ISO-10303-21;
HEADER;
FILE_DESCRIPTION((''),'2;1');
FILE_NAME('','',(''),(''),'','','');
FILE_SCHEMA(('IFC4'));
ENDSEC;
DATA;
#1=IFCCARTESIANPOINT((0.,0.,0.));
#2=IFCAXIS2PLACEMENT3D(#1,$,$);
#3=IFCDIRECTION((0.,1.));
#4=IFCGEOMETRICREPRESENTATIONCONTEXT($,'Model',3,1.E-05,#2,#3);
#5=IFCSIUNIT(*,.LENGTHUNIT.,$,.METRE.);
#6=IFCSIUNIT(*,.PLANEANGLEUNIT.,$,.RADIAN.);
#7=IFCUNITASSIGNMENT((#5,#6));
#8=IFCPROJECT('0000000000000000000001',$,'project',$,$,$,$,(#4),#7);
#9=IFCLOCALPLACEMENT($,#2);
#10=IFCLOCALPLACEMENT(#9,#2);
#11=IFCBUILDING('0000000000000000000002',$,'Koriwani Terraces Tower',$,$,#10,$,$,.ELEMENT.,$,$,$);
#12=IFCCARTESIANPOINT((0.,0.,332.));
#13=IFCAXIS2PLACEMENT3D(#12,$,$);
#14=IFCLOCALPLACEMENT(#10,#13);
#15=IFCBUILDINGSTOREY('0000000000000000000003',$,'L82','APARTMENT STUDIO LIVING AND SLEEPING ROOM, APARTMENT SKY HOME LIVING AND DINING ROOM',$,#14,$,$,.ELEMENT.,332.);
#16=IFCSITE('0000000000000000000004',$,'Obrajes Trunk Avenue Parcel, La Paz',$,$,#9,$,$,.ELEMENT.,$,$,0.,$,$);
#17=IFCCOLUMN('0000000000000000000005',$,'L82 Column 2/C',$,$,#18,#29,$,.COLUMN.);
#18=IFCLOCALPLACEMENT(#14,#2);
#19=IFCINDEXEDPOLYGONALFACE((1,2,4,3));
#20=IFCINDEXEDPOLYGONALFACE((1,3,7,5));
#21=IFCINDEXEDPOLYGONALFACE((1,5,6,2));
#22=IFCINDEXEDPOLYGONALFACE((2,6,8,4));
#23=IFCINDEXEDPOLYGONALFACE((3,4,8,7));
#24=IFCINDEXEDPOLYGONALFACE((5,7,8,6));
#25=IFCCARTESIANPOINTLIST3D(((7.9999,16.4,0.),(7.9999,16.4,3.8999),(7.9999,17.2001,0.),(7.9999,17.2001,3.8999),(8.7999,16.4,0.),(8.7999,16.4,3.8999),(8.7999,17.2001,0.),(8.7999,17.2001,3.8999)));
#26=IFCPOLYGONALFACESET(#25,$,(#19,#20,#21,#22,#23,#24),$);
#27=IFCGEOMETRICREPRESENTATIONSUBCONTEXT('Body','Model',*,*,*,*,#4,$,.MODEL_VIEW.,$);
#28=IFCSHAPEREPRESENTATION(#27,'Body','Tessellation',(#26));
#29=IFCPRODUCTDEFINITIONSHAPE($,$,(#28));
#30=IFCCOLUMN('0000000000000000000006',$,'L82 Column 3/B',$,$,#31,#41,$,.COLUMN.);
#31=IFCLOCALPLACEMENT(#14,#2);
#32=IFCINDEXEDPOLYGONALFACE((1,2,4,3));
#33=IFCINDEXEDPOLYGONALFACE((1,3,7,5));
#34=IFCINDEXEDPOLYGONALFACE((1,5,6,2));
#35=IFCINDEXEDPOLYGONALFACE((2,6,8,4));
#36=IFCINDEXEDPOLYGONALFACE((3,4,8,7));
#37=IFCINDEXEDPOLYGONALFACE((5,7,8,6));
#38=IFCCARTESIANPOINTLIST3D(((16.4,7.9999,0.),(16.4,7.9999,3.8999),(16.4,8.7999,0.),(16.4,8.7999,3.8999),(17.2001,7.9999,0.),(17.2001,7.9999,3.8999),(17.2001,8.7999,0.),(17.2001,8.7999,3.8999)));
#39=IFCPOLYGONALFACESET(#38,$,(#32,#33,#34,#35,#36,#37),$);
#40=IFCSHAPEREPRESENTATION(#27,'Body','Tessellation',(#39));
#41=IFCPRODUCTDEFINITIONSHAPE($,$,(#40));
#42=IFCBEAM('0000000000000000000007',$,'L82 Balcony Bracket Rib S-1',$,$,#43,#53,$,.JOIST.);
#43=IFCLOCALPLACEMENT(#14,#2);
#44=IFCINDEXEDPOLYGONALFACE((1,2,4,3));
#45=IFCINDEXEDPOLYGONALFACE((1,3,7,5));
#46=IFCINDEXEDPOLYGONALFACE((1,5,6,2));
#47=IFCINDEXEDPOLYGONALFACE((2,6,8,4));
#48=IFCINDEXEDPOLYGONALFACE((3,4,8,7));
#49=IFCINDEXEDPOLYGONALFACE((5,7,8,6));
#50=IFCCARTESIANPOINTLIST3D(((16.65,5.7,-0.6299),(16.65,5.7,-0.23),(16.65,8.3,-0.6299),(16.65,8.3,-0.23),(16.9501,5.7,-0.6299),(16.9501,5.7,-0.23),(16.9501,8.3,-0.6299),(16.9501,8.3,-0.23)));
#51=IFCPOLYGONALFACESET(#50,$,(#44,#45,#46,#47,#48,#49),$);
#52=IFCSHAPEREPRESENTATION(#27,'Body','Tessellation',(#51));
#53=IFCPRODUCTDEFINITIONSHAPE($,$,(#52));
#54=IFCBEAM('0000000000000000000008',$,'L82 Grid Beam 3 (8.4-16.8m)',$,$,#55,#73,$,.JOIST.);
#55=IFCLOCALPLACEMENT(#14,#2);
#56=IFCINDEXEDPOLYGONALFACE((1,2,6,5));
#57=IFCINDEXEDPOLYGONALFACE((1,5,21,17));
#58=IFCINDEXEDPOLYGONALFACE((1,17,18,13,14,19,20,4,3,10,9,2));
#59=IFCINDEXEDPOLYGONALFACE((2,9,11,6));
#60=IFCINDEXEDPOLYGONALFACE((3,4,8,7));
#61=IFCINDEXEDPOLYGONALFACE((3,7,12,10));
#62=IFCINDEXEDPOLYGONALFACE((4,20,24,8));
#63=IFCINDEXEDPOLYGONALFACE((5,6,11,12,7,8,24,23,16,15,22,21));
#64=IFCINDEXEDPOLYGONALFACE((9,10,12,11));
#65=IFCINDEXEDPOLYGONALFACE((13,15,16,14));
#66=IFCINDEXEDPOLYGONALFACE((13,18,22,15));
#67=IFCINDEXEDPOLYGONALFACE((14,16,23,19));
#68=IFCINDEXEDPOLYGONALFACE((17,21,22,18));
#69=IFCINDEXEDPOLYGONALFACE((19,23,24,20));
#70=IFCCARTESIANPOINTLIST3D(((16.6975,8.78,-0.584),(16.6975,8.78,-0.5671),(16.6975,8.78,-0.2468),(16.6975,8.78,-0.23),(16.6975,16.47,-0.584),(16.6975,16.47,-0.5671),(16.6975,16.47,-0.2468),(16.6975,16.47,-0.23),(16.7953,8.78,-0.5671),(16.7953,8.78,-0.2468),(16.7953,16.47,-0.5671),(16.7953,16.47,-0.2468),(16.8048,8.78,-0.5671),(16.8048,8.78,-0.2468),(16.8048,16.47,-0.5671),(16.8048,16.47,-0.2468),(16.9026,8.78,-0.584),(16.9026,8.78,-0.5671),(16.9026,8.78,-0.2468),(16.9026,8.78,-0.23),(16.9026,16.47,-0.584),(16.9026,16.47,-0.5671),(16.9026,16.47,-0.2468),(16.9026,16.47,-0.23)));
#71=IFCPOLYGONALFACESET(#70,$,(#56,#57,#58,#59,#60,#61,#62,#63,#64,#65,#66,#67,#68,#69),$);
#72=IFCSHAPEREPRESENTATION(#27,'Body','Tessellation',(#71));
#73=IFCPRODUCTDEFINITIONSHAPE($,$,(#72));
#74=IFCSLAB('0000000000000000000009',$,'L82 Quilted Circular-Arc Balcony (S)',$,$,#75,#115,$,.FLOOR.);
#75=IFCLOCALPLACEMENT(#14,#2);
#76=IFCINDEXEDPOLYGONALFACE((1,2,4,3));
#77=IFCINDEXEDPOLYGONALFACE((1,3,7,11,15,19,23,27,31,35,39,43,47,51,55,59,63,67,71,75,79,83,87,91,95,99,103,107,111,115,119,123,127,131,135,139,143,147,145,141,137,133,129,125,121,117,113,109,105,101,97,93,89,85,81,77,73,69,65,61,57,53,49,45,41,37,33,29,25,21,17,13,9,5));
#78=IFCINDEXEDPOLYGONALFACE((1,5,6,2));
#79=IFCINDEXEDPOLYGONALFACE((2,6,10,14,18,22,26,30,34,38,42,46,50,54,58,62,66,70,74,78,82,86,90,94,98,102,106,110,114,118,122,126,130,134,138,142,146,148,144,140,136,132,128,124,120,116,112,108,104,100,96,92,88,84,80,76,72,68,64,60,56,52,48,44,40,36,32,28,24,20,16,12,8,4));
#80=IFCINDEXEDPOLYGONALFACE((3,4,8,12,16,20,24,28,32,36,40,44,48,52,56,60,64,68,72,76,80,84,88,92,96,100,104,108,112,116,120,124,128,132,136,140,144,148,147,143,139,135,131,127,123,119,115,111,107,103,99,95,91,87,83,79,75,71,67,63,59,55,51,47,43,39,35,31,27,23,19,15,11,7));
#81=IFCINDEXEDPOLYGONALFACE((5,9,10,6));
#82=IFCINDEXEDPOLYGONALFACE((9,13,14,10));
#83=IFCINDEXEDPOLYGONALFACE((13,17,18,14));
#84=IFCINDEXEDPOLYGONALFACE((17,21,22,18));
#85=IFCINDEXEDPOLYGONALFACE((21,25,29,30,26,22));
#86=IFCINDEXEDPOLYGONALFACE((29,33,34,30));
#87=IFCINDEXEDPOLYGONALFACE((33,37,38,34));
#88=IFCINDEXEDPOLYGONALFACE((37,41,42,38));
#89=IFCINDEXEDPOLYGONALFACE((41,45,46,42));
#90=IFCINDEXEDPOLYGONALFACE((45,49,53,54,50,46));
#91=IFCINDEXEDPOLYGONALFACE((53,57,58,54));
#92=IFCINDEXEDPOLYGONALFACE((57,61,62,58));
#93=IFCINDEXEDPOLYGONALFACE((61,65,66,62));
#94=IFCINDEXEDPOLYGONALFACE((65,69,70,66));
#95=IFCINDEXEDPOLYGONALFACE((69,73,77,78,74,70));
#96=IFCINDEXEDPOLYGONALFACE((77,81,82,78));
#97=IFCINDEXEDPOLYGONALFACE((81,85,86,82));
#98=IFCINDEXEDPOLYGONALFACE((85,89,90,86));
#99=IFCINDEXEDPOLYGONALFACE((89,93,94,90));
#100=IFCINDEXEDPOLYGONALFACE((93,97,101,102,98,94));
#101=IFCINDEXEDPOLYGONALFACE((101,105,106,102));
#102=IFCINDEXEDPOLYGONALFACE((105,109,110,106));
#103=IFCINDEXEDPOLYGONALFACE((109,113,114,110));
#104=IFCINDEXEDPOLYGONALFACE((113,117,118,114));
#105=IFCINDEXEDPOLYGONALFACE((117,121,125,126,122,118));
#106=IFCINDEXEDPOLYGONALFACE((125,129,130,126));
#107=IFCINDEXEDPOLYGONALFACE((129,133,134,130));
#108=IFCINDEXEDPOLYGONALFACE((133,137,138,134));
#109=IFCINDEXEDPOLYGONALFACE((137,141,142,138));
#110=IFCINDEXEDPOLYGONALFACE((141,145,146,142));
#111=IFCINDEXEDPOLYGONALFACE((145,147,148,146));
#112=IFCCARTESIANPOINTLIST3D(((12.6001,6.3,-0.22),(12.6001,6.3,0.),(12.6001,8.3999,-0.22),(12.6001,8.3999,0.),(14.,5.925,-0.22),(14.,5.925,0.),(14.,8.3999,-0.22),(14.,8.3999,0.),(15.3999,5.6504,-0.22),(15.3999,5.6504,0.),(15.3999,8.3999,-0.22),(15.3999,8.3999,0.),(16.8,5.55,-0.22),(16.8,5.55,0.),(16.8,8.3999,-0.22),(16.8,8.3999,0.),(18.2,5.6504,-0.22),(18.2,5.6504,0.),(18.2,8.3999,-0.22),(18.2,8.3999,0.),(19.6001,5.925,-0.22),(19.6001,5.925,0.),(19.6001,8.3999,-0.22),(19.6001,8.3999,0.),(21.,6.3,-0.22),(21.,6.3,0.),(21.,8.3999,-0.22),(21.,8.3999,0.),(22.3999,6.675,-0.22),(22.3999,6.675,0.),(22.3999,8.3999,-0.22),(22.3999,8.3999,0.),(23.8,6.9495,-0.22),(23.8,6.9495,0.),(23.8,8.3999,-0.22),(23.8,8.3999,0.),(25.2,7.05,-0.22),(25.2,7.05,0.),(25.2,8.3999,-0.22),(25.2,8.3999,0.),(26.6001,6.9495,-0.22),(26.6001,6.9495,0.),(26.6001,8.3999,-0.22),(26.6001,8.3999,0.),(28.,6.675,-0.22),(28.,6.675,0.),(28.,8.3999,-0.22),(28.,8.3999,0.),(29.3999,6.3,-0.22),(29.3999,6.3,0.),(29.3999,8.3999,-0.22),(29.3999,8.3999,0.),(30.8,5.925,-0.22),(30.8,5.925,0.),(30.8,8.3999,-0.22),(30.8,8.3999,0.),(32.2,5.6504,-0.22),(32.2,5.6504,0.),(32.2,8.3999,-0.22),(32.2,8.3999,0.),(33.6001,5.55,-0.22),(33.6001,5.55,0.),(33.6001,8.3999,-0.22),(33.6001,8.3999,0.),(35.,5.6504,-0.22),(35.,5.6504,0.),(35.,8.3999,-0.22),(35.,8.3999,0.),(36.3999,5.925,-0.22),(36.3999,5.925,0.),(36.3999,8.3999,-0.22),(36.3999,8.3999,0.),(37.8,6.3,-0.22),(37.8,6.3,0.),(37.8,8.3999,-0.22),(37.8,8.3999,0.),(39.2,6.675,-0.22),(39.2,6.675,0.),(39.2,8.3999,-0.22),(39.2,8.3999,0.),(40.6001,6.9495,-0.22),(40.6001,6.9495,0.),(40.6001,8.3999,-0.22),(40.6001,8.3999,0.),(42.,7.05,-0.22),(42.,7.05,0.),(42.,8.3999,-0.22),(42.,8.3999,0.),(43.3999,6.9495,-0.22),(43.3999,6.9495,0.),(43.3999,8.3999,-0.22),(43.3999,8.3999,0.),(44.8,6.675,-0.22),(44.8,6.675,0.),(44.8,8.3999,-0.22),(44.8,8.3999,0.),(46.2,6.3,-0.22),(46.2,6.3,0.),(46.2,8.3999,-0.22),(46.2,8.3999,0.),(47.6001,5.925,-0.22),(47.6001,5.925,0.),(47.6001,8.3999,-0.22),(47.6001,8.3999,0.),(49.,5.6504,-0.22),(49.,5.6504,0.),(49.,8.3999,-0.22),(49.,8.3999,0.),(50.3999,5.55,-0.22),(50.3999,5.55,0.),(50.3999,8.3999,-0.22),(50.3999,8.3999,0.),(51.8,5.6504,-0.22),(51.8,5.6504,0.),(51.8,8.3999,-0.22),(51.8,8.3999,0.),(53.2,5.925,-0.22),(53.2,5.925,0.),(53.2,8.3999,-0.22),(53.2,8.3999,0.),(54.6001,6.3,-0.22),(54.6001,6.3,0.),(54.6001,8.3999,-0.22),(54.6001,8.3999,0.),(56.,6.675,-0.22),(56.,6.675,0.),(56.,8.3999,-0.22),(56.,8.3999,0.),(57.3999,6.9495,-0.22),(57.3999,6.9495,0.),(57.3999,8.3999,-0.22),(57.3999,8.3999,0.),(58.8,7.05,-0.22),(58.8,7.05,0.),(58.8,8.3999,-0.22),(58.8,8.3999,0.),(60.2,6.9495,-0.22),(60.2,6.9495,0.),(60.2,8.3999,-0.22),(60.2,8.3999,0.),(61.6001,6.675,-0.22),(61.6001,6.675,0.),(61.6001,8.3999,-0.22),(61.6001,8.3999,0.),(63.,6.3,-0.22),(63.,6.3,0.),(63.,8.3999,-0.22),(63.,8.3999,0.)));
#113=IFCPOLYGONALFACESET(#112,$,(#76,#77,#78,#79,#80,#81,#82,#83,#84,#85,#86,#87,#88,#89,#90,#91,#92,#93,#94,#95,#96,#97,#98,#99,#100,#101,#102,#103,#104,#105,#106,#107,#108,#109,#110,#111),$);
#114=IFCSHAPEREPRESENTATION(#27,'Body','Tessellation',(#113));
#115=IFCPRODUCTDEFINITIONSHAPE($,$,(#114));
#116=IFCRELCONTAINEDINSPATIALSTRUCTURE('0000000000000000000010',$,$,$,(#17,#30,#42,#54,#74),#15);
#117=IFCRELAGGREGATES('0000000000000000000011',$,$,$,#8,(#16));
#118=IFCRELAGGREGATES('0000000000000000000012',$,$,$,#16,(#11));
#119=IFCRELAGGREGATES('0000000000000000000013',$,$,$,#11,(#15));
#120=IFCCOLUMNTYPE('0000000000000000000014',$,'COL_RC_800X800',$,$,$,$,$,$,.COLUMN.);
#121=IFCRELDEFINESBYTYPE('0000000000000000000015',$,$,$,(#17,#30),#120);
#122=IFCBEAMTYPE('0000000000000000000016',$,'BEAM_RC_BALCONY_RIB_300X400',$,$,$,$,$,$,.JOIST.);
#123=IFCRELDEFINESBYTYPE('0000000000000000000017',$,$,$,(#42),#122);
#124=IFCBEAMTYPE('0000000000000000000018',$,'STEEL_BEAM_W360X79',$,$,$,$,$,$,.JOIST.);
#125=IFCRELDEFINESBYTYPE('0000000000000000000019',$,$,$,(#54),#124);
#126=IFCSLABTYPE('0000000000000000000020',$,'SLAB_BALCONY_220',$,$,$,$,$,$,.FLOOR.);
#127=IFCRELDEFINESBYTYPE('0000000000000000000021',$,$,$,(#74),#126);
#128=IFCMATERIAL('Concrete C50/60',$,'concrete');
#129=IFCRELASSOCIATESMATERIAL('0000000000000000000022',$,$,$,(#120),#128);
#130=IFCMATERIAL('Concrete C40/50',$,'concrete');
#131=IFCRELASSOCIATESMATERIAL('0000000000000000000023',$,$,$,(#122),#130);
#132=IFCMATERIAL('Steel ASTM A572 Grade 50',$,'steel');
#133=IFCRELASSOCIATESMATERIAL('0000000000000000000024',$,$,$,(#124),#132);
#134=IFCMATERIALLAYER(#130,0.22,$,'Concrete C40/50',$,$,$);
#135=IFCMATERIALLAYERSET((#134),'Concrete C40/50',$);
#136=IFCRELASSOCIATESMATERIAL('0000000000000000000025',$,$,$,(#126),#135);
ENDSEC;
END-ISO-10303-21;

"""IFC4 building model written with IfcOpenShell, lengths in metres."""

from ifc_helpers import new_model, si_unit, direction, frame, origin, origin_2d, place, context, subcontext, project, spatial, polyline, rectangle, i_section, outline, extrude, material, layer, layer_set, material_profile, profile_set, type_object, element, save


model = new_model("IFC4")

# Units and contexts
model_context = context("Model", 3, precision=1e-05, world=origin(), true_north=direction((0.0, 1.0)))
body_context = subcontext(model_context, "Body", "Model", "MODEL_VIEW")
ifc_project = project(units=[si_unit("LENGTHUNIT", "METRE"), si_unit("PLANEANGLEUNIT", "RADIAN")], contexts=[model_context])

# Site, building, storey
site_placement = place(None, origin())
site = spatial("IfcSite", under=ifc_project, at=site_placement, Name="Obrajes Trunk Avenue Parcel, La Paz", CompositionType="ELEMENT", RefElevation=0.0)
building_placement = place(site_placement, origin())
building = spatial("IfcBuilding", under=site, at=building_placement, Name="Koriwani Terraces Tower", CompositionType="ELEMENT")
storey_placement = place(building_placement, frame((0.0, 0.0, 332.0)))
storey = spatial("IfcBuildingStorey", under=building, at=storey_placement, Name="L82", Description="APARTMENT STUDIO LIVING AND SLEEPING ROOM, APARTMENT SKY HOME LIVING AND DINING ROOM", CompositionType="ELEMENT", Elevation=332.0)

# Columns
ifc_material_1 = material(Name="Concrete C50/60", Category="concrete")
ifc_material_profile_1 = material_profile(ifc_material_1, rectangle(XDim=0.8, YDim=0.8, at=origin_2d()), Name="Concrete C50/60", Category="LoadBearing")
ifc_profile_set_1 = profile_set([ifc_material_profile_1], Name="Concrete C50/60")
column_type = type_object("IfcColumnType", Name="COL_RC_800X800", PredefinedType="COLUMN", material=ifc_profile_set_1)
for number, where, z_axis, x_axis, name in (
    (1, (8.3999, 16.8, 0.0), (0.0, 0.0, 1.0), (1.0, 0.0, 0.0), "L82 Column 2/C"),
    (2, (16.8, 8.3999, 0.0), (0.0, 0.0, 1.0), (1.0, 0.0, 0.0), "L82 Column 3/B"),
):
    element("IfcColumn", number, at=place(storey_placement, frame(where, z_axis=z_axis, x_axis=x_axis)), inside=storey, type_object=column_type, Name=name, PredefinedType="COLUMN", context=body_context, shape_type="SweptSolid", body=[
        extrude(rectangle(XDim=0.8, YDim=0.8, at=origin_2d()), origin(), (0.0, 0.0, 1.0), 3.8999),
    ])

# Beams
ifc_material_2 = material(Name="Concrete C40/50", Category="concrete")
ifc_material_profile_2 = material_profile(ifc_material_2, rectangle(XDim=0.3, YDim=0.3999, at=origin_2d()), Name="Concrete C40/50", Category="LoadBearing")
ifc_profile_set_2 = profile_set([ifc_material_profile_2], Name="Concrete C40/50")
beam_type_1 = type_object("IfcBeamType", Name="BEAM_RC_BALCONY_RIB_300X400", PredefinedType="JOIST", material=ifc_profile_set_2)
beam_1_placement = place(storey_placement, frame((16.8, 5.7, -0.4299), z_axis=(0.0, 1.0, 0.0), x_axis=(-1.0, 0.0, 0.0)))
element("IfcBeam", 3, at=beam_1_placement, inside=storey, type_object=beam_type_1, Name="L82 Balcony Bracket Rib S-1", PredefinedType="JOIST", context=body_context, shape_type="SweptSolid", body=[
    extrude(rectangle(XDim=0.3, YDim=0.3999, at=origin_2d()), origin(), (0.0, 0.0, 1.0), 2.6001),
])
ifc_material_3 = material(Name="Steel ASTM A572 Grade 50", Category="steel")
ifc_material_profile_3 = material_profile(ifc_material_3, i_section(OverallWidth=0.2051, OverallDepth=0.354, WebThickness=0.0095, FlangeThickness=0.0168, at=origin_2d()), Name="Steel ASTM A572 Grade 50", Category="LoadBearing")
ifc_profile_set_3 = profile_set([ifc_material_profile_3], Name="Steel ASTM A572 Grade 50")
beam_type_2 = type_object("IfcBeamType", Name="STEEL_BEAM_W360X79", PredefinedType="JOIST", material=ifc_profile_set_3)
beam_2_placement = place(storey_placement, frame((16.8, 8.78, -0.407), z_axis=(0.0, 1.0, 0.0), x_axis=(-1.0, 0.0, 0.0)))
element("IfcBeam", 4, at=beam_2_placement, inside=storey, type_object=beam_type_2, Name="L82 Grid Beam 3 (8.4-16.8m)", PredefinedType="JOIST", context=body_context, shape_type="SweptSolid", body=[
    extrude(i_section(OverallWidth=0.2051, OverallDepth=0.354, WebThickness=0.0095, FlangeThickness=0.0168, at=origin_2d()), origin(), (0.0, 0.0, 1.0), 7.6899),
])

# Slab
ifc_layer_1 = layer(ifc_material_2, 0.22, Name="Concrete C40/50")
ifc_layer_set_1 = layer_set([ifc_layer_1], Name="Concrete C40/50")
slab_type_1 = type_object("IfcSlabType", Name="SLAB_BALCONY_220", PredefinedType="FLOOR", material=ifc_layer_set_1)
slab_1_placement = place(storey_placement, frame((0.0, 0.0, -0.22)))
element("IfcSlab", 5, at=slab_1_placement, inside=storey, type_object=slab_type_1, Name="L82 Quilted Circular-Arc Balcony (S)", PredefinedType="FLOOR", context=body_context, shape_type="SweptSolid", body=[
    extrude(outline(polyline([(12.6001, 8.3999), (14.0, 8.3999), (15.3999, 8.3999), (16.8, 8.3999), (18.2, 8.3999), (19.6001, 8.3999), (21.0, 8.3999), (22.3999, 8.3999), (23.8, 8.3999), (25.2, 8.3999), (26.6001, 8.3999), (28.0, 8.3999), (29.3999, 8.3999), (30.8, 8.3999), (32.2, 8.3999), (33.6001, 8.3999), (35.0, 8.3999), (36.3999, 8.3999), (37.8, 8.3999), (39.2, 8.3999), (40.6001, 8.3999), (42.0, 8.3999), (43.3999, 8.3999), (44.8, 8.3999), (46.2, 8.3999), (47.6001, 8.3999), (49.0, 8.3999), (50.3999, 8.3999), (51.8, 8.3999), (53.2, 8.3999), (54.6001, 8.3999), (56.0, 8.3999), (57.3999, 8.3999), (58.8, 8.3999), (60.2, 8.3999), (61.6001, 8.3999), (63.0, 8.3999), (63.0, 6.3), (61.6001, 6.675), (60.2, 6.9495), (58.8, 7.05), (57.3999, 6.9495), (56.0, 6.675), (54.6001, 6.3), (53.2, 5.925), (51.8, 5.6504), (50.3999, 5.55), (49.0, 5.6504), (47.6001, 5.925), (46.2, 6.3), (44.8, 6.675), (43.3999, 6.9495), (42.0, 7.05), (40.6001, 6.9495), (39.2, 6.675), (37.8, 6.3), (36.3999, 5.925), (35.0, 5.6504), (33.6001, 5.55), (32.2, 5.6504), (30.8, 5.925), (29.3999, 6.3), (28.0, 6.675), (26.6001, 6.9495), (25.2, 7.05), (23.8, 6.9495), (22.3999, 6.675), (21.0, 6.3), (19.6001, 5.925), (18.2, 5.6504), (16.8, 5.55), (15.3999, 5.6504), (14.0, 5.925), (12.6001, 6.3), (12.6001, 8.3999)])), origin(), (0.0, 0.0, 1.0), 0.22),
])

save(model, "model.ifc")
